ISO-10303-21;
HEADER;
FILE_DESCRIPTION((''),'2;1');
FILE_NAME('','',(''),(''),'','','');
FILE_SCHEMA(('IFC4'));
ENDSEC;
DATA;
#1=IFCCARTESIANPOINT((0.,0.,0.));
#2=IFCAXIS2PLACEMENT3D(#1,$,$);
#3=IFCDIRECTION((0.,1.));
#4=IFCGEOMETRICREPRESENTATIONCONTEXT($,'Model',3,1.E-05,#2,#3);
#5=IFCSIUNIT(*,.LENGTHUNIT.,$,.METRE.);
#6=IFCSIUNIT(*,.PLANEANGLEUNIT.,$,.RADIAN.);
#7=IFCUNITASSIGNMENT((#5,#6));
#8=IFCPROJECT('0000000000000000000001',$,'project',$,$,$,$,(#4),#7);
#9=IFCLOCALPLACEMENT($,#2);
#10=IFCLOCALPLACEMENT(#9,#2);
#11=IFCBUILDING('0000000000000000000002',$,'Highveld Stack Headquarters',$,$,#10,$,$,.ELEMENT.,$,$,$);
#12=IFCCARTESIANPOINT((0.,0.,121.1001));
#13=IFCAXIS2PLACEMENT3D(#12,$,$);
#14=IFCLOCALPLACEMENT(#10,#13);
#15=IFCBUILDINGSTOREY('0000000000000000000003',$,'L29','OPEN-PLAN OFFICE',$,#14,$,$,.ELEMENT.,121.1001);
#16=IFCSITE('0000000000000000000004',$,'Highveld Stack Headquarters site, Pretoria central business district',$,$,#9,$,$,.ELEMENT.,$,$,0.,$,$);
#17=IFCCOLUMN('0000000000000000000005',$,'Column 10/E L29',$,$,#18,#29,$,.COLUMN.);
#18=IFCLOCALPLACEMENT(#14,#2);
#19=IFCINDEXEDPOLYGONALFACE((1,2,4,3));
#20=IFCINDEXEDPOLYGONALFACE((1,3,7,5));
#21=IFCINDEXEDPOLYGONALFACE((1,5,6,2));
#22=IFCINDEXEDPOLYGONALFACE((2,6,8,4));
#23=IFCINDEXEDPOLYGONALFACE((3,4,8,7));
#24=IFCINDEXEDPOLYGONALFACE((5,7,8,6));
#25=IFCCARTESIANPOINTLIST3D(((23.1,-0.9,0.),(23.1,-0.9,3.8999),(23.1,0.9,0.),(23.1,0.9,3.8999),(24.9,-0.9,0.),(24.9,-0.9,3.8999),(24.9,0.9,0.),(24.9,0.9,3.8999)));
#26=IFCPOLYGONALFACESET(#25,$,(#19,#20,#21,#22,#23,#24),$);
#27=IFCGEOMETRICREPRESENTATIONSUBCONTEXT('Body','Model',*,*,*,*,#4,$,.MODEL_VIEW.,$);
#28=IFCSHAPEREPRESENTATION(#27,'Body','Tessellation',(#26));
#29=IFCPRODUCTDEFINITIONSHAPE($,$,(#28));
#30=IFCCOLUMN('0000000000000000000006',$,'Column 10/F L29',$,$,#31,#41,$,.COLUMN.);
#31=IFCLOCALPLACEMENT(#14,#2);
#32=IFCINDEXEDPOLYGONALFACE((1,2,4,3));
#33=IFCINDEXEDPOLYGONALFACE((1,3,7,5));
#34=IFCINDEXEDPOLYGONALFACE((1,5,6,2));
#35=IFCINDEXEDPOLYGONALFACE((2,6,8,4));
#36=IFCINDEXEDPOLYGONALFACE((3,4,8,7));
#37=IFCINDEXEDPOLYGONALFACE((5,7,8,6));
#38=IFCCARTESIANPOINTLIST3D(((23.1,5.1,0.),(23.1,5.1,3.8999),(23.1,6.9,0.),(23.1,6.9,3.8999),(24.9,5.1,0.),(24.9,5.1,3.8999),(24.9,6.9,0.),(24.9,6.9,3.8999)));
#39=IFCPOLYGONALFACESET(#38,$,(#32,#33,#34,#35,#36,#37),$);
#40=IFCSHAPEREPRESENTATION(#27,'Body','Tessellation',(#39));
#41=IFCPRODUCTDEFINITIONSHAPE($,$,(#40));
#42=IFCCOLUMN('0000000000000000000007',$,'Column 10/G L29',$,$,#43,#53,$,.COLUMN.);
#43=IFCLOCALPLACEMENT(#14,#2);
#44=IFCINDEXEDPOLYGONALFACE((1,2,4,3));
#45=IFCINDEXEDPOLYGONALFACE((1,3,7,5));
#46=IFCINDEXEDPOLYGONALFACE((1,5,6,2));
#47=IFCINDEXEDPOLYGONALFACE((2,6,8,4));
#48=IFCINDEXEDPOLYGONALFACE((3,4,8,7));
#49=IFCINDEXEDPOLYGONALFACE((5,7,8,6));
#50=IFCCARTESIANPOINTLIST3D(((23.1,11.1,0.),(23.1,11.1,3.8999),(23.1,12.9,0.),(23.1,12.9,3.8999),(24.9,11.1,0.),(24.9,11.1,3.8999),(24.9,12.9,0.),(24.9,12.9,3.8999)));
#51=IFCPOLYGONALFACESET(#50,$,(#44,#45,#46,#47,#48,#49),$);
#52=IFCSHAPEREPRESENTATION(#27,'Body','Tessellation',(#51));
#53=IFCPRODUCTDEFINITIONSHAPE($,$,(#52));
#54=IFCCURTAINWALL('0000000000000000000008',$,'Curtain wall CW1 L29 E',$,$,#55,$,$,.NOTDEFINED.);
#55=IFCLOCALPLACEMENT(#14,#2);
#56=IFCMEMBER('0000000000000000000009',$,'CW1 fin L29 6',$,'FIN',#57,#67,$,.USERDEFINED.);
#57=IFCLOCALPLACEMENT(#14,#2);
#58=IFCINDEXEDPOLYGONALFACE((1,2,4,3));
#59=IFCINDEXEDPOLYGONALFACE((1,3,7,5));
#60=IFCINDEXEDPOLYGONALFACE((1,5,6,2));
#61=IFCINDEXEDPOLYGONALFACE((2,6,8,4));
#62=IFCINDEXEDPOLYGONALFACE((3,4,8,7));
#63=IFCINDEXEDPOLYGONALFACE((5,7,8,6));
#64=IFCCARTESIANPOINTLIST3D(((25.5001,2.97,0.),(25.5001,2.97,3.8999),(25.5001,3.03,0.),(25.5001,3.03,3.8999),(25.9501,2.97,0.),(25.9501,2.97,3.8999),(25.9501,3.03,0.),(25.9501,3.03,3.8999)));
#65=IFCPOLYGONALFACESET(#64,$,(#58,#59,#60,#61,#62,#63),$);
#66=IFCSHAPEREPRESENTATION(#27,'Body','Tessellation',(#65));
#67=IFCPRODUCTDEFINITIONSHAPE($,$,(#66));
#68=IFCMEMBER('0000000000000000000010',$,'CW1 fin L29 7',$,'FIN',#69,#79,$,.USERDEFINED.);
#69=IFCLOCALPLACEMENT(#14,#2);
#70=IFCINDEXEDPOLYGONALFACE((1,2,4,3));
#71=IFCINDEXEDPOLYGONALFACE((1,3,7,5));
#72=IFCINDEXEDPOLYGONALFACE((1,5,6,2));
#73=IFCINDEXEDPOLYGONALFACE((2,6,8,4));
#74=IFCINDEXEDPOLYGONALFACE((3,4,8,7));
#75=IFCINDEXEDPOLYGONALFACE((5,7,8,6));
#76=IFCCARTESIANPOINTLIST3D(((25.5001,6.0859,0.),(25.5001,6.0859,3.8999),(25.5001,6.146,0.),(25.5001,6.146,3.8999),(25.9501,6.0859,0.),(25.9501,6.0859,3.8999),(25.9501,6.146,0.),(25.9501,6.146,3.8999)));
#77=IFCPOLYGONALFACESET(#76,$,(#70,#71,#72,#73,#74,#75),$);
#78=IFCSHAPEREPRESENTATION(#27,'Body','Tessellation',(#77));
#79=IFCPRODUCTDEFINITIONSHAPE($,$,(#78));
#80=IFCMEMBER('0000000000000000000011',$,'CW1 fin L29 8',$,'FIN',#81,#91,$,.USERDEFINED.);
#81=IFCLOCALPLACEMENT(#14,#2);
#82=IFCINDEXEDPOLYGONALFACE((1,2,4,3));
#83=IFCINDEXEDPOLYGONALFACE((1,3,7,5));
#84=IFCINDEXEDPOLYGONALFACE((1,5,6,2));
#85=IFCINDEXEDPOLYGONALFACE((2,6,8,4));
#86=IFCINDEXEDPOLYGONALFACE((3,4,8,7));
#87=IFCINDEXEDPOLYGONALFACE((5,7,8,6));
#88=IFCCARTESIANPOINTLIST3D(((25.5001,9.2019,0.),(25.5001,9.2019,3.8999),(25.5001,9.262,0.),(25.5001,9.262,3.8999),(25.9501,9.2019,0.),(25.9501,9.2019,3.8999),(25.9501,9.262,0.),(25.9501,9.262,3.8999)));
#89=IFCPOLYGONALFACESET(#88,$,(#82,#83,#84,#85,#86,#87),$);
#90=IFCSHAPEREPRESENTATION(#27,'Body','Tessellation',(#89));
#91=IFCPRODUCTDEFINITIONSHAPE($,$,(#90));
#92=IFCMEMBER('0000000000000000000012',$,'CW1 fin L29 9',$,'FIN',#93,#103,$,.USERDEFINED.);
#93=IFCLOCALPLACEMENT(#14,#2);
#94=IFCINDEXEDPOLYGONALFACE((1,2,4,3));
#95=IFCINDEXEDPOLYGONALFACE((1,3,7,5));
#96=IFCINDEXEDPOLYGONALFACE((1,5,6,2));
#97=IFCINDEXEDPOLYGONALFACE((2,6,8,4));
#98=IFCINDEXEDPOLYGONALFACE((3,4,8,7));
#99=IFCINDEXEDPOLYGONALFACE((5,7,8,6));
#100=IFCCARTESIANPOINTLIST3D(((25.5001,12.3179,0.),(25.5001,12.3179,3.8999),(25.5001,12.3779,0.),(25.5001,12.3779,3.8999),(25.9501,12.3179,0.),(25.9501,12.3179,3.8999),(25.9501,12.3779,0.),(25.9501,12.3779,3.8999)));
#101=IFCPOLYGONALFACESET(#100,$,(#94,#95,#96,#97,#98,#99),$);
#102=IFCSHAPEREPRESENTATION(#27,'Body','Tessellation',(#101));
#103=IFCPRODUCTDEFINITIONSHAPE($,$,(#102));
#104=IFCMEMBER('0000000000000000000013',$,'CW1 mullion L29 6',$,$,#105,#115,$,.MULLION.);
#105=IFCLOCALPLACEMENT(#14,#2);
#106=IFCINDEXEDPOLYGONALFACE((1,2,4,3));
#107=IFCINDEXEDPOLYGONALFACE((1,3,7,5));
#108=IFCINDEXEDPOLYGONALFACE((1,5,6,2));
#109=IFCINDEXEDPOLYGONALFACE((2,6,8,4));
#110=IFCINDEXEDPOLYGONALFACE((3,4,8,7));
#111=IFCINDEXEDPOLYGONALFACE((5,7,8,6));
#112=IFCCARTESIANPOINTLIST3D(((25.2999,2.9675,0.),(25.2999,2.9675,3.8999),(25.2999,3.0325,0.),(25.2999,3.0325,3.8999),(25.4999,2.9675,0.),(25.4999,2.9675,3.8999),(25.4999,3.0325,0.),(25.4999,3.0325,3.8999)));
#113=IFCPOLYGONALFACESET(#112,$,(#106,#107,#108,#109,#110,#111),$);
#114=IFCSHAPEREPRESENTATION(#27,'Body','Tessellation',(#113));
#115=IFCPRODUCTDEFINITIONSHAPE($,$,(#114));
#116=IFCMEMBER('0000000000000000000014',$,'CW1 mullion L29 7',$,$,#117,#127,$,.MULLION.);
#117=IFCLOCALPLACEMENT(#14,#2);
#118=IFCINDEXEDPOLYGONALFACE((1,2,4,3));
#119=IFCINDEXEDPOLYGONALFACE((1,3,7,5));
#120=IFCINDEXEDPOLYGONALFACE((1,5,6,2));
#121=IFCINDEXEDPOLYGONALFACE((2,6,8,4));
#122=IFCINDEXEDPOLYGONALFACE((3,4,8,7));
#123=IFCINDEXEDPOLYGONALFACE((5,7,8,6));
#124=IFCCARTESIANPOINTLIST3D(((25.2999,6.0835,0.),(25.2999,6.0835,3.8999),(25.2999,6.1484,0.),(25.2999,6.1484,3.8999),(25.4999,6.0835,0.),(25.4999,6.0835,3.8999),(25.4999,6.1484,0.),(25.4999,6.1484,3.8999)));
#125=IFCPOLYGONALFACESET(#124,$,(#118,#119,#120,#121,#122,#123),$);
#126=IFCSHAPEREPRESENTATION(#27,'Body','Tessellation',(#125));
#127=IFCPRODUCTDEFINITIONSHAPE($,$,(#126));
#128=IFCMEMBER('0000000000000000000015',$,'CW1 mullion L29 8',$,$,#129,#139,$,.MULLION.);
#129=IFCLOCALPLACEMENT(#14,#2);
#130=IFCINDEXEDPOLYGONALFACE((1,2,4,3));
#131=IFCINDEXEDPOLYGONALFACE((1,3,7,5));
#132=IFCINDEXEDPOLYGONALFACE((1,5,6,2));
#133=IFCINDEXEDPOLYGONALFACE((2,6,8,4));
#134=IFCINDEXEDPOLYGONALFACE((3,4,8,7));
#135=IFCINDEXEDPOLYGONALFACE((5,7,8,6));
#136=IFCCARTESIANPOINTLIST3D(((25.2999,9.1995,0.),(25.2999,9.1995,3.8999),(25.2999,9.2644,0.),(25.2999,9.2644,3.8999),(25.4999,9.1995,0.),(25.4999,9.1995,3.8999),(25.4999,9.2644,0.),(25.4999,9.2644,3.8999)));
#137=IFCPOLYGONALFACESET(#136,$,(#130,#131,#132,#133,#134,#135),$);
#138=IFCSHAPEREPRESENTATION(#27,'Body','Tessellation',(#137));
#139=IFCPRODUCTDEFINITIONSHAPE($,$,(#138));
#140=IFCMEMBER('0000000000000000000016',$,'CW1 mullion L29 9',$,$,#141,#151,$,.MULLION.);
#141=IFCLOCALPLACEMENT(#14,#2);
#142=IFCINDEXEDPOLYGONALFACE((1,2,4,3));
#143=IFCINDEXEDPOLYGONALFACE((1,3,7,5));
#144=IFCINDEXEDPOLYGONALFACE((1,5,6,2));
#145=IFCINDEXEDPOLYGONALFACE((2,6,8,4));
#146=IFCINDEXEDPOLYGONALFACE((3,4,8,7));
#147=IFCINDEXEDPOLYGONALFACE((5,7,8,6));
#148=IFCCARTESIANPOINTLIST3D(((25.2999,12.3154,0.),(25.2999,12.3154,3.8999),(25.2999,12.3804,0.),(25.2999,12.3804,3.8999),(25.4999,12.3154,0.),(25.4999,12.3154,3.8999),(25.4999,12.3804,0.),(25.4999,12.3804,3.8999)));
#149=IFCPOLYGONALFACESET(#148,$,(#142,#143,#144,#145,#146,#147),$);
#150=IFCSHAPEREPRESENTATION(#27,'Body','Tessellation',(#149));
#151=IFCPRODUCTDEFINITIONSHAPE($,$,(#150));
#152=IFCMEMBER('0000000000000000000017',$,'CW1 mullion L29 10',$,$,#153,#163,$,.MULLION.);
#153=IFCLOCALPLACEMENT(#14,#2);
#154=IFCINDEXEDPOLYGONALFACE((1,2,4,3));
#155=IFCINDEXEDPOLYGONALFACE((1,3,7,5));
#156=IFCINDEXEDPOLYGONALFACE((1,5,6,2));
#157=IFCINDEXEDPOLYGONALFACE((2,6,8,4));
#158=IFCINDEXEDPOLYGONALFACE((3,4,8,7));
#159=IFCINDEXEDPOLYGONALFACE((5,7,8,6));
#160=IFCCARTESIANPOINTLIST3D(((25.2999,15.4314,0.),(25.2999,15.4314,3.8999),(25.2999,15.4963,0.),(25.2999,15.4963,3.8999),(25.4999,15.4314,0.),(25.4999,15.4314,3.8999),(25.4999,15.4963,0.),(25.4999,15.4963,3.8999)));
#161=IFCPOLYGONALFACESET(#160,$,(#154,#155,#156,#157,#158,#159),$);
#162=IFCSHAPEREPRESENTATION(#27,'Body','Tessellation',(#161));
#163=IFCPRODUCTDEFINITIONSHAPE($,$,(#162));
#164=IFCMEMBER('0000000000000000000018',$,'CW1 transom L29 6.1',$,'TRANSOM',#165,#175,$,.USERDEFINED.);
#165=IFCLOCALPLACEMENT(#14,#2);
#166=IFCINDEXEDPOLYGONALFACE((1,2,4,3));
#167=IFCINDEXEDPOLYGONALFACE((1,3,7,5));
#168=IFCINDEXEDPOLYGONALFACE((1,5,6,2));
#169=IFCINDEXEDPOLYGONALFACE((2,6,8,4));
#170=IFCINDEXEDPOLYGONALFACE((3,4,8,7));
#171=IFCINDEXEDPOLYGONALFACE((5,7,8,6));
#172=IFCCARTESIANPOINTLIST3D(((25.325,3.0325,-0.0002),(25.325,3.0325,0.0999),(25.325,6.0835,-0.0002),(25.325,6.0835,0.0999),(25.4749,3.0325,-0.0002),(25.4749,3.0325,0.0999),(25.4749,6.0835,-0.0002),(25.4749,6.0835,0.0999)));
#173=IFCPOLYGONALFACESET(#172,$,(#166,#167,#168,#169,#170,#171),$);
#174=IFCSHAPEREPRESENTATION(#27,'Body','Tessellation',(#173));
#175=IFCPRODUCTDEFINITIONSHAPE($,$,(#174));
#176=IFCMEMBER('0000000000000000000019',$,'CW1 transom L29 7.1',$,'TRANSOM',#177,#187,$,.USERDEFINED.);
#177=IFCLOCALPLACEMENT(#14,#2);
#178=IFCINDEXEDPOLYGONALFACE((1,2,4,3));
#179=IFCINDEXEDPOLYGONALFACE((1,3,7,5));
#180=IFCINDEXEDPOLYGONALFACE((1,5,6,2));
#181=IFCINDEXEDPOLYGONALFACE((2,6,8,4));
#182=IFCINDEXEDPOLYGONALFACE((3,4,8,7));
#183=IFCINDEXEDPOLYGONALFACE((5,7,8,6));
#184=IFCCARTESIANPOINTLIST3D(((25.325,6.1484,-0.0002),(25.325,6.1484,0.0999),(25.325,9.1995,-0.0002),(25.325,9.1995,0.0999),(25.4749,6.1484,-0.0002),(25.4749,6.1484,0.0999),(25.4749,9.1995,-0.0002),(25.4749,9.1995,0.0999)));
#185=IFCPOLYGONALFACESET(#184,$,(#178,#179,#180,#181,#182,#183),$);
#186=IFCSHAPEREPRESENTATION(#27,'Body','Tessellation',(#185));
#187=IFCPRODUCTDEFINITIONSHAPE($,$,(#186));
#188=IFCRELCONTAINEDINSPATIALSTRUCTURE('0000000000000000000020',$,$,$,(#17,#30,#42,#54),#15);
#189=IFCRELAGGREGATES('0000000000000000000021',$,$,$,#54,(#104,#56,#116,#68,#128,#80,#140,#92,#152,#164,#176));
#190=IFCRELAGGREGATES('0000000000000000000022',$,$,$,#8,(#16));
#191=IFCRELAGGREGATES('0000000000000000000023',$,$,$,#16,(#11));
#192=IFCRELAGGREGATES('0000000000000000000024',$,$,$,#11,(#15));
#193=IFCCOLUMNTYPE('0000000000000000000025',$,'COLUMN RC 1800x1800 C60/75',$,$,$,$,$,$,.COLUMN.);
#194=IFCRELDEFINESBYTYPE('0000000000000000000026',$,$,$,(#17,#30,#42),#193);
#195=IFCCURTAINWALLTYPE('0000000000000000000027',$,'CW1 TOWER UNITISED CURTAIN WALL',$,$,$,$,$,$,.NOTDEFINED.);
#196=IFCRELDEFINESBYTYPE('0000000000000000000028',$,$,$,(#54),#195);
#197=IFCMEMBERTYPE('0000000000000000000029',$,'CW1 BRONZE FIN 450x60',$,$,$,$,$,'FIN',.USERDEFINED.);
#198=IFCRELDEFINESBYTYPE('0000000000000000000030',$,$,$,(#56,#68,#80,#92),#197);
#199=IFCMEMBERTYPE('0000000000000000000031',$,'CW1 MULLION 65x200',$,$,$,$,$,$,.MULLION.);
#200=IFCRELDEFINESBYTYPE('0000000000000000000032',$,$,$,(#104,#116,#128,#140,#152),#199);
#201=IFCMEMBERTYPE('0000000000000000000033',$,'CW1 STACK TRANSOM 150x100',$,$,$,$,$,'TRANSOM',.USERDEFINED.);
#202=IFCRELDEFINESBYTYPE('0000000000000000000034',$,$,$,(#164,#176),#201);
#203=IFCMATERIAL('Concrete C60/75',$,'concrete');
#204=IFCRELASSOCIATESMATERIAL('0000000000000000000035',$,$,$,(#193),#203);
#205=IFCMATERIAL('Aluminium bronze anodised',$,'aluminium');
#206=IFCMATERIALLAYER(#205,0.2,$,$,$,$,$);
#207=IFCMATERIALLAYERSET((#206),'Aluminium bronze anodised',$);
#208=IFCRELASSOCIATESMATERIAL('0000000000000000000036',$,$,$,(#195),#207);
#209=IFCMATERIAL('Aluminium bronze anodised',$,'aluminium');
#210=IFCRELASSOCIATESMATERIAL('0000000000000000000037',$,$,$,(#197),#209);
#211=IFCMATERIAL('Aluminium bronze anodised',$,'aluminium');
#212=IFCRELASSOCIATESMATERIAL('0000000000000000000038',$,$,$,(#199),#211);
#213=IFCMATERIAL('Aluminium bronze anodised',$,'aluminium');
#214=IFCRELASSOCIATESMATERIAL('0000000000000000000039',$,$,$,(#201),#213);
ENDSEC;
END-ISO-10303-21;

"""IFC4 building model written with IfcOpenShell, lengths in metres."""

from ifc_helpers import new_model, si_unit, direction, frame, origin, origin_2d, place, context, subcontext, project, spatial, rectangle, extrude, material, layer, layer_set, material_profile, profile_set, type_object, element, aggregate, save


model = new_model("IFC4")

# Units and contexts
model_context = context("Model", 3, precision=1e-05, world=origin(), true_north=direction((0.0, 1.0)))
body_context = subcontext(model_context, "Body", "Model", "MODEL_VIEW")
ifc_project = project(units=[si_unit("LENGTHUNIT", "METRE"), si_unit("PLANEANGLEUNIT", "RADIAN")], contexts=[model_context])

# Site, building, storey
site_placement = place(None, origin())
site = spatial("IfcSite", under=ifc_project, at=site_placement, Name="Highveld Stack Headquarters site, Pretoria central business district", CompositionType="ELEMENT", RefElevation=0.0)
building_placement = place(site_placement, origin())
building = spatial("IfcBuilding", under=site, at=building_placement, Name="Highveld Stack Headquarters", CompositionType="ELEMENT")
storey_placement = place(building_placement, frame((0.0, 0.0, 121.1001)))
storey = spatial("IfcBuildingStorey", under=building, at=storey_placement, Name="L29", Description="OPEN-PLAN OFFICE", CompositionType="ELEMENT", Elevation=121.1001)

# Columns
ifc_material_1 = material(Name="Concrete C60/75", Category="concrete")
ifc_material_profile_1 = material_profile(ifc_material_1, rectangle(XDim=1.8, YDim=1.8, at=origin_2d()), Name="RC 1800x1800")
ifc_profile_set_1 = profile_set([ifc_material_profile_1], Name="Concrete C60/75")
column_type = type_object("IfcColumnType", Name="COLUMN RC 1800x1800 C60/75", PredefinedType="COLUMN", material=ifc_profile_set_1)
for number, where, z_axis, x_axis, name in (
    (1, (24.0, 0.0, 0.0), (0.0, 0.0, 1.0), (1.0, 0.0, 0.0), "Column 10/E L29"),
    (2, (24.0, 6.0, 0.0), (0.0, 0.0, 1.0), (1.0, 0.0, 0.0), "Column 10/F L29"),
    (3, (24.0, 12.0, 0.0), (0.0, 0.0, 1.0), (1.0, 0.0, 0.0), "Column 10/G L29"),
):
    element("IfcColumn", number, at=place(storey_placement, frame(where, z_axis=z_axis, x_axis=x_axis)), inside=storey, type_object=column_type, Name=name, PredefinedType="COLUMN", context=body_context, shape_type="SweptSolid", body=[
        extrude(rectangle(XDim=1.8, YDim=1.8, at=origin_2d()), origin(), (0.0, 0.0, 1.0), 3.8999),
    ])

# Curtain wall, members
ifc_material_2 = material(Name="Aluminium bronze anodised", Category="aluminium")
ifc_layer_1 = layer(ifc_material_2, 0.2)
ifc_layer_set_1 = layer_set([ifc_layer_1], Name="Aluminium bronze anodised")
curtain_wall_type = type_object("IfcCurtainWallType", Name="CW1 TOWER UNITISED CURTAIN WALL", PredefinedType="NOTDEFINED", material=ifc_layer_set_1)
curtain_wall_placement = place(storey_placement, origin())
curtain_wall = element("IfcCurtainWall", 4, at=curtain_wall_placement, inside=storey, type_object=curtain_wall_type, Name="Curtain wall CW1 L29 E", PredefinedType="NOTDEFINED")
ifc_material_3 = material(Name="Aluminium bronze anodised", Category="aluminium")
ifc_material_profile_2 = material_profile(ifc_material_3, rectangle(XDim=0.45, YDim=0.0601, at=origin_2d()), Name="FIN 450x60")
ifc_profile_set_2 = profile_set([ifc_material_profile_2], Name="Aluminium bronze anodised")
member_type_1 = type_object("IfcMemberType", Name="CW1 BRONZE FIN 450x60", ElementType="FIN", PredefinedType="USERDEFINED", material=ifc_profile_set_2)
member_1_placement = place(storey_placement, frame((25.7251, 3.0, 0.0), z_axis=(0.0, 0.0, 1.0), x_axis=(-1.0, 0.0, 0.0)))
member_1 = element("IfcMember", 5, at=member_1_placement, type_object=member_type_1, Name="CW1 fin L29 6", ObjectType="FIN", PredefinedType="USERDEFINED", context=body_context, shape_type="SweptSolid", body=[
    extrude(rectangle(XDim=0.45, YDim=0.0601, at=origin_2d()), origin(), (0.0, 0.0, 1.0), 3.8999),
])
member_2_placement = place(storey_placement, frame((25.7251, 6.116, 0.0), z_axis=(0.0, 0.0, 1.0), x_axis=(-1.0, 0.0, 0.0)))
member_2 = element("IfcMember", 6, at=member_2_placement, type_object=member_type_1, Name="CW1 fin L29 7", ObjectType="FIN", PredefinedType="USERDEFINED", context=body_context, shape_type="SweptSolid", body=[
    extrude(rectangle(XDim=0.45, YDim=0.0601, at=origin_2d()), origin(), (0.0, 0.0, 1.0), 3.8999),
])
member_3_placement = place(storey_placement, frame((25.7251, 9.2319, 0.0), z_axis=(0.0, 0.0, 1.0), x_axis=(-1.0, 0.0, 0.0)))
member_3 = element("IfcMember", 7, at=member_3_placement, type_object=member_type_1, Name="CW1 fin L29 8", ObjectType="FIN", PredefinedType="USERDEFINED", context=body_context, shape_type="SweptSolid", body=[
    extrude(rectangle(XDim=0.45, YDim=0.0601, at=origin_2d()), origin(), (0.0, 0.0, 1.0), 3.8999),
])
member_4_placement = place(storey_placement, frame((25.7251, 12.3479, 0.0), z_axis=(0.0, 0.0, 1.0), x_axis=(-1.0, 0.0, 0.0)))
member_4 = element("IfcMember", 8, at=member_4_placement, type_object=member_type_1, Name="CW1 fin L29 9", ObjectType="FIN", PredefinedType="USERDEFINED", context=body_context, shape_type="SweptSolid", body=[
    extrude(rectangle(XDim=0.45, YDim=0.0601, at=origin_2d()), origin(), (0.0, 0.0, 1.0), 3.8999),
])
ifc_material_4 = material(Name="Aluminium bronze anodised", Category="aluminium")
ifc_material_profile_3 = material_profile(ifc_material_4, rectangle(XDim=0.2, YDim=0.0649, at=origin_2d()), Name="CW1 MULLION 65x200")
ifc_profile_set_3 = profile_set([ifc_material_profile_3], Name="Aluminium bronze anodised")
member_type_2 = type_object("IfcMemberType", Name="CW1 MULLION 65x200", PredefinedType="MULLION", material=ifc_profile_set_3)
member_5_placement = place(storey_placement, frame((25.3999, 3.0, 0.0), z_axis=(0.0, 0.0, 1.0), x_axis=(-1.0, 0.0, 0.0)))
member_5 = element("IfcMember", 9, at=member_5_placement, type_object=member_type_2, Name="CW1 mullion L29 6", PredefinedType="MULLION", context=body_context, shape_type="SweptSolid", body=[
    extrude(rectangle(XDim=0.2, YDim=0.0649, at=origin_2d()), origin(), (0.0, 0.0, 1.0), 3.8999),
])
member_6_placement = place(storey_placement, frame((25.3999, 6.116, 0.0), z_axis=(0.0, 0.0, 1.0), x_axis=(-1.0, 0.0, 0.0)))
member_6 = element("IfcMember", 10, at=member_6_placement, type_object=member_type_2, Name="CW1 mullion L29 7", PredefinedType="MULLION", context=body_context, shape_type="SweptSolid", body=[
    extrude(rectangle(XDim=0.2, YDim=0.0649, at=origin_2d()), origin(), (0.0, 0.0, 1.0), 3.8999),
])
member_7_placement = place(storey_placement, frame((25.3999, 9.2319, 0.0), z_axis=(0.0, 0.0, 1.0), x_axis=(-1.0, 0.0, 0.0)))
member_7 = element("IfcMember", 11, at=member_7_placement, type_object=member_type_2, Name="CW1 mullion L29 8", PredefinedType="MULLION", context=body_context, shape_type="SweptSolid", body=[
    extrude(rectangle(XDim=0.2, YDim=0.0649, at=origin_2d()), origin(), (0.0, 0.0, 1.0), 3.8999),
])
member_8_placement = place(storey_placement, frame((25.3999, 12.3479, 0.0), z_axis=(0.0, 0.0, 1.0), x_axis=(-1.0, 0.0, 0.0)))
member_8 = element("IfcMember", 12, at=member_8_placement, type_object=member_type_2, Name="CW1 mullion L29 9", PredefinedType="MULLION", context=body_context, shape_type="SweptSolid", body=[
    extrude(rectangle(XDim=0.2, YDim=0.0649, at=origin_2d()), origin(), (0.0, 0.0, 1.0), 3.8999),
])
member_9_placement = place(storey_placement, frame((25.3999, 15.4639, 0.0), z_axis=(0.0, 0.0, 1.0), x_axis=(-1.0, 0.0, 0.0)))
member_9 = element("IfcMember", 13, at=member_9_placement, type_object=member_type_2, Name="CW1 mullion L29 10", PredefinedType="MULLION", context=body_context, shape_type="SweptSolid", body=[
    extrude(rectangle(XDim=0.2, YDim=0.0649, at=origin_2d()), origin(), (0.0, 0.0, 1.0), 3.8999),
])
ifc_material_5 = material(Name="Aluminium bronze anodised", Category="aluminium")
ifc_material_profile_4 = material_profile(ifc_material_5, rectangle(XDim=0.1499, YDim=0.1001, at=origin_2d()), Name="CW1 TRANSOM 150x100")
ifc_profile_set_4 = profile_set([ifc_material_profile_4], Name="Aluminium bronze anodised")
member_type_3 = type_object("IfcMemberType", Name="CW1 STACK TRANSOM 150x100", ElementType="TRANSOM", PredefinedType="USERDEFINED", material=ifc_profile_set_4)
member_10_placement = place(storey_placement, frame((25.3999, 3.0325, 0.0498), z_axis=(0.0, 1.0, 0.0), x_axis=(-1.0, 0.0, 0.0)))
member_10 = element("IfcMember", 14, at=member_10_placement, type_object=member_type_3, Name="CW1 transom L29 6.1", ObjectType="TRANSOM", PredefinedType="USERDEFINED", context=body_context, shape_type="SweptSolid", body=[
    extrude(rectangle(XDim=0.1499, YDim=0.1001, at=origin_2d()), origin(), (0.0, 0.0, 1.0), 3.051),
])
member_11_placement = place(storey_placement, frame((25.3999, 6.1484, 0.0498), z_axis=(0.0, 1.0, 0.0), x_axis=(-1.0, 0.0, 0.0)))
member_11 = element("IfcMember", 15, at=member_11_placement, type_object=member_type_3, Name="CW1 transom L29 7.1", ObjectType="TRANSOM", PredefinedType="USERDEFINED", context=body_context, shape_type="SweptSolid", body=[
    extrude(rectangle(XDim=0.1499, YDim=0.1001, at=origin_2d()), origin(), (0.0, 0.0, 1.0), 3.051),
])
aggregate(curtain_wall, [member_5, member_1, member_6, member_2, member_7, member_3, member_8, member_4, member_9, member_10, member_11])

save(model, "model.ifc")
